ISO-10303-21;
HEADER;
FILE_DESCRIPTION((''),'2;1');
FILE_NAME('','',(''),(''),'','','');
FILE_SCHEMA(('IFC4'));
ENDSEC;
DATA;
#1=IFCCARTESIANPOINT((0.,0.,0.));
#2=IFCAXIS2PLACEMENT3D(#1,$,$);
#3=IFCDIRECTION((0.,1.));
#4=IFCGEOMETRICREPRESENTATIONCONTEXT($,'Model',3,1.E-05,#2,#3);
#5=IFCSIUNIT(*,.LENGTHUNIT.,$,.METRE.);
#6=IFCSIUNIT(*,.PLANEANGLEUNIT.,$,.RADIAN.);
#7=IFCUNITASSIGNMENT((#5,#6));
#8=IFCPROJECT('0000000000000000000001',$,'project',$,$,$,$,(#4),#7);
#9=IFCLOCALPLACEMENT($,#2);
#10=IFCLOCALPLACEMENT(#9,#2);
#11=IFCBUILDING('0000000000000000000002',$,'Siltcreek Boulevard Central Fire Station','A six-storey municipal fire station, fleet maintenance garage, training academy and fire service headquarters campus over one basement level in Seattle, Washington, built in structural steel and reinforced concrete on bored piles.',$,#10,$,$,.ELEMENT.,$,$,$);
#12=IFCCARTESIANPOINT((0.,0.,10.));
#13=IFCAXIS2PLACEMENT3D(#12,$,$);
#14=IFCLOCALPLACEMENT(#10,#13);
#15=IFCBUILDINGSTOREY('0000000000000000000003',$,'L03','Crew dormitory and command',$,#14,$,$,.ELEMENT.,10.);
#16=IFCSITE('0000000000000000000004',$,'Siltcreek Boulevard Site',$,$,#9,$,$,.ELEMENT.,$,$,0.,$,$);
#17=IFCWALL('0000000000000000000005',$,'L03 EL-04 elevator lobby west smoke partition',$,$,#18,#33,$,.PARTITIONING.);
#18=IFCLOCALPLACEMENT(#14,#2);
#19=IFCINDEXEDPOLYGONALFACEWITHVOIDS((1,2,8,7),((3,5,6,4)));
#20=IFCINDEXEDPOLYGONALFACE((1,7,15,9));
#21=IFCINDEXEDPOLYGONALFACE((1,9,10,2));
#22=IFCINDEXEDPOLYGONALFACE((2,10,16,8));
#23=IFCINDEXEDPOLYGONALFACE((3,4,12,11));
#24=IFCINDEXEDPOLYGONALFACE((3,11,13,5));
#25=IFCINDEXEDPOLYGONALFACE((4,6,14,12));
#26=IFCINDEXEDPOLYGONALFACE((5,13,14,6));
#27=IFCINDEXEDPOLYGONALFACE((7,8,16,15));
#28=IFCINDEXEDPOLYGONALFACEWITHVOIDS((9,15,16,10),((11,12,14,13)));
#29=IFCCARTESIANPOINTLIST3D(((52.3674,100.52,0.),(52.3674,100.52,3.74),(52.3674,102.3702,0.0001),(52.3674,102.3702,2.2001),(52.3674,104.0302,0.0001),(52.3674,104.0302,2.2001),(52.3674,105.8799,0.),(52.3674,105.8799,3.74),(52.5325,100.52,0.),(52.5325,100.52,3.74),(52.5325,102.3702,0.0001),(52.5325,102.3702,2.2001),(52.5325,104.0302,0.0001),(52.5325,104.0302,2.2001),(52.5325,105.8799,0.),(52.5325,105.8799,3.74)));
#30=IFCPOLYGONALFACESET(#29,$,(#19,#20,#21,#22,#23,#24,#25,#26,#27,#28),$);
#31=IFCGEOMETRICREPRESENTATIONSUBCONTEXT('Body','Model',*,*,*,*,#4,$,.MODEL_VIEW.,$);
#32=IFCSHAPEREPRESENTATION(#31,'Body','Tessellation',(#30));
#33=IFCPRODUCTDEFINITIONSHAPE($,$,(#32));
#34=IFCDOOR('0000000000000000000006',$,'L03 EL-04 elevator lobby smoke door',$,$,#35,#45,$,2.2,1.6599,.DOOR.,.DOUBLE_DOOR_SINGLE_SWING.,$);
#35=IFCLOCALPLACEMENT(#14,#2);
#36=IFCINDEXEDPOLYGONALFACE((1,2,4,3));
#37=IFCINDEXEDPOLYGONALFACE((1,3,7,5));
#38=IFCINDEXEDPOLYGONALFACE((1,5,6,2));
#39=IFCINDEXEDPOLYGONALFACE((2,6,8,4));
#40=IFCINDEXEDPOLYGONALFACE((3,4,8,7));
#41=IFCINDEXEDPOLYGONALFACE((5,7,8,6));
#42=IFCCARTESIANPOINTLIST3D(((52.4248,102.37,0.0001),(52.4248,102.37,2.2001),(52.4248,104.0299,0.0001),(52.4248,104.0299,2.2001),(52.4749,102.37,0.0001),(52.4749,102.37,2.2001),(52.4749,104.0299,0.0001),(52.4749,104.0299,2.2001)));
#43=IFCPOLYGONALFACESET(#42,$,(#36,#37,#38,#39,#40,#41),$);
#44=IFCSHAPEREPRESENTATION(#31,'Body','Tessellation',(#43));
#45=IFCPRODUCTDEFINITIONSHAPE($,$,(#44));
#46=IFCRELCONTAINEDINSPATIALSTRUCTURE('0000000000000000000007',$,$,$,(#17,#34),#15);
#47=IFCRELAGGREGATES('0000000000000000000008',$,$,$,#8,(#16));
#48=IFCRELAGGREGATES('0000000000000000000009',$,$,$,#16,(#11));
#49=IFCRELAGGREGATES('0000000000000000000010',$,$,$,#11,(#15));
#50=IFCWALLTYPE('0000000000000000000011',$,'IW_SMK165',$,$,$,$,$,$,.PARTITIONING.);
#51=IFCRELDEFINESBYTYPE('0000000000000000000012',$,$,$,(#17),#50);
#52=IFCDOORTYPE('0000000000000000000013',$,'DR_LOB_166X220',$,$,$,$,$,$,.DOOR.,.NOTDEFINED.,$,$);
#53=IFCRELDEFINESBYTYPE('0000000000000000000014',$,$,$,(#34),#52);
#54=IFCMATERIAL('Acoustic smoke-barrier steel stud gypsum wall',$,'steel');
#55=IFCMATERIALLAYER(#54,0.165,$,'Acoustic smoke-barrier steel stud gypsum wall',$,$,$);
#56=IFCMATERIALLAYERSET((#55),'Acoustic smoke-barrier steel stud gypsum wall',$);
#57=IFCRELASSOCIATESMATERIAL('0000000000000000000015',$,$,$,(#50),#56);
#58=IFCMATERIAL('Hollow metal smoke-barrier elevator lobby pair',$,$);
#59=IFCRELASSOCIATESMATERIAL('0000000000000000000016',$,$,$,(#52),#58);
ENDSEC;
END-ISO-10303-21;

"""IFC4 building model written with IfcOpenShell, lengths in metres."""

from ifc_helpers import new_model, si_unit, direction, frame, frame_2d, origin, place, context, subcontext, project, spatial, rectangle, extrude, material, layer, layer_set, type_object, element, fill, save


model = new_model("IFC4")

# Units and contexts
model_context = context("Model", 3, precision=1e-05, world=origin(), true_north=direction((0.0, 1.0)))
body_context = subcontext(model_context, "Body", "Model", "MODEL_VIEW")
ifc_project = project(units=[si_unit("LENGTHUNIT", "METRE"), si_unit("PLANEANGLEUNIT", "RADIAN")], contexts=[model_context])

# Site, building, storey
site_placement = place(None, origin())
site = spatial("IfcSite", under=ifc_project, at=site_placement, Name="Siltcreek Boulevard Site", CompositionType="ELEMENT", RefElevation=0.0)
building_placement = place(site_placement, origin())
building = spatial("IfcBuilding", under=site, at=building_placement, Name="Siltcreek Boulevard Central Fire Station", Description="A six-storey municipal fire station, fleet maintenance garage, training academy and fire service headquarters campus over one basement level in Seattle, Washington, built in structural steel and reinforced concrete on bored piles.", CompositionType="ELEMENT")
storey_placement = place(building_placement, frame((0.0, 0.0, 10.0)))
storey = spatial("IfcBuildingStorey", under=building, at=storey_placement, Name="L03", Description="Crew dormitory and command", CompositionType="ELEMENT", Elevation=10.0)

# Shared definitions
ifc_material_1 = material(Name="Acoustic smoke-barrier steel stud gypsum wall", Category="steel")
ifc_layer_1 = layer(ifc_material_1, 0.165, Name="Acoustic smoke-barrier steel stud gypsum wall")
ifc_layer_set_1 = layer_set([ifc_layer_1], Name="Acoustic smoke-barrier steel stud gypsum wall")
wall_type_1 = type_object("IfcWallType", Name="IW_SMK165", PredefinedType="PARTITIONING", material=ifc_layer_set_1)

# Wall, opening, door
wall_1_placement = place(storey_placement, frame((52.45, 100.52, 0.0), z_axis=(0.0, 0.0, 1.0), x_axis=(0.0, 1.0, 0.0)))
wall_1 = element("IfcWall", 1, at=wall_1_placement, inside=storey, type_object=wall_type_1, Name="L03 EL-04 elevator lobby west smoke partition", PredefinedType="PARTITIONING", context=body_context, shape_type="SweptSolid", body=[
    extrude(rectangle(XDim=5.3599, YDim=0.165, at=frame_2d((2.6799, 0.0))), origin(), (0.0, 0.0, 1.0), 3.74),
])
opening_1_placement = place(wall_1_placement, frame((1.8501, 0.0, 0.0)))
opening_1 = element("IfcOpeningElement", 2, at=opening_1_placement, cuts=wall_1, PredefinedType="OPENING", context=body_context, shape_type="SweptSolid", body=[
    extrude(rectangle(XDim=1.6599, YDim=2.2, at=frame_2d((0.8301, 1.1001))), frame((0.0, 0.0925, 0.0), z_axis=(0.0, -1.0, 0.0), x_axis=(1.0, 0.0, 0.0)), (0.0, 0.0, 1.0), 0.1851),
])
ifc_material_2 = material(Name="Hollow metal smoke-barrier elevator lobby pair")
door_type_1 = type_object("IfcDoorType", Name="DR_LOB_166X220", OperationType="NOTDEFINED", PredefinedType="DOOR", material=ifc_material_2)
door_1_placement = place(opening_1_placement, frame((1.6599, 0.0, 0.0), z_axis=(0.0, 0.0, 1.0), x_axis=(-1.0, 0.0, 0.0)))
door_1 = element("IfcDoor", 3, at=door_1_placement, inside=storey, type_object=door_type_1, Name="L03 EL-04 elevator lobby smoke door", OperationType="DOUBLE_DOOR_SINGLE_SWING", OverallHeight=2.2, OverallWidth=1.6599, PredefinedType="DOOR", context=body_context, shape_type="SweptSolid", body=[
    extrude(rectangle(XDim=1.6599, YDim=2.2, at=frame_2d((0.8301, 1.1001))), frame((0.0, 0.0249, 0.0), z_axis=(0.0, -1.0, 0.0), x_axis=(1.0, 0.0, 0.0)), (0.0, 0.0, 1.0), 0.05),
])
fill(opening_1, door_1)

save(model, "model.ifc")
